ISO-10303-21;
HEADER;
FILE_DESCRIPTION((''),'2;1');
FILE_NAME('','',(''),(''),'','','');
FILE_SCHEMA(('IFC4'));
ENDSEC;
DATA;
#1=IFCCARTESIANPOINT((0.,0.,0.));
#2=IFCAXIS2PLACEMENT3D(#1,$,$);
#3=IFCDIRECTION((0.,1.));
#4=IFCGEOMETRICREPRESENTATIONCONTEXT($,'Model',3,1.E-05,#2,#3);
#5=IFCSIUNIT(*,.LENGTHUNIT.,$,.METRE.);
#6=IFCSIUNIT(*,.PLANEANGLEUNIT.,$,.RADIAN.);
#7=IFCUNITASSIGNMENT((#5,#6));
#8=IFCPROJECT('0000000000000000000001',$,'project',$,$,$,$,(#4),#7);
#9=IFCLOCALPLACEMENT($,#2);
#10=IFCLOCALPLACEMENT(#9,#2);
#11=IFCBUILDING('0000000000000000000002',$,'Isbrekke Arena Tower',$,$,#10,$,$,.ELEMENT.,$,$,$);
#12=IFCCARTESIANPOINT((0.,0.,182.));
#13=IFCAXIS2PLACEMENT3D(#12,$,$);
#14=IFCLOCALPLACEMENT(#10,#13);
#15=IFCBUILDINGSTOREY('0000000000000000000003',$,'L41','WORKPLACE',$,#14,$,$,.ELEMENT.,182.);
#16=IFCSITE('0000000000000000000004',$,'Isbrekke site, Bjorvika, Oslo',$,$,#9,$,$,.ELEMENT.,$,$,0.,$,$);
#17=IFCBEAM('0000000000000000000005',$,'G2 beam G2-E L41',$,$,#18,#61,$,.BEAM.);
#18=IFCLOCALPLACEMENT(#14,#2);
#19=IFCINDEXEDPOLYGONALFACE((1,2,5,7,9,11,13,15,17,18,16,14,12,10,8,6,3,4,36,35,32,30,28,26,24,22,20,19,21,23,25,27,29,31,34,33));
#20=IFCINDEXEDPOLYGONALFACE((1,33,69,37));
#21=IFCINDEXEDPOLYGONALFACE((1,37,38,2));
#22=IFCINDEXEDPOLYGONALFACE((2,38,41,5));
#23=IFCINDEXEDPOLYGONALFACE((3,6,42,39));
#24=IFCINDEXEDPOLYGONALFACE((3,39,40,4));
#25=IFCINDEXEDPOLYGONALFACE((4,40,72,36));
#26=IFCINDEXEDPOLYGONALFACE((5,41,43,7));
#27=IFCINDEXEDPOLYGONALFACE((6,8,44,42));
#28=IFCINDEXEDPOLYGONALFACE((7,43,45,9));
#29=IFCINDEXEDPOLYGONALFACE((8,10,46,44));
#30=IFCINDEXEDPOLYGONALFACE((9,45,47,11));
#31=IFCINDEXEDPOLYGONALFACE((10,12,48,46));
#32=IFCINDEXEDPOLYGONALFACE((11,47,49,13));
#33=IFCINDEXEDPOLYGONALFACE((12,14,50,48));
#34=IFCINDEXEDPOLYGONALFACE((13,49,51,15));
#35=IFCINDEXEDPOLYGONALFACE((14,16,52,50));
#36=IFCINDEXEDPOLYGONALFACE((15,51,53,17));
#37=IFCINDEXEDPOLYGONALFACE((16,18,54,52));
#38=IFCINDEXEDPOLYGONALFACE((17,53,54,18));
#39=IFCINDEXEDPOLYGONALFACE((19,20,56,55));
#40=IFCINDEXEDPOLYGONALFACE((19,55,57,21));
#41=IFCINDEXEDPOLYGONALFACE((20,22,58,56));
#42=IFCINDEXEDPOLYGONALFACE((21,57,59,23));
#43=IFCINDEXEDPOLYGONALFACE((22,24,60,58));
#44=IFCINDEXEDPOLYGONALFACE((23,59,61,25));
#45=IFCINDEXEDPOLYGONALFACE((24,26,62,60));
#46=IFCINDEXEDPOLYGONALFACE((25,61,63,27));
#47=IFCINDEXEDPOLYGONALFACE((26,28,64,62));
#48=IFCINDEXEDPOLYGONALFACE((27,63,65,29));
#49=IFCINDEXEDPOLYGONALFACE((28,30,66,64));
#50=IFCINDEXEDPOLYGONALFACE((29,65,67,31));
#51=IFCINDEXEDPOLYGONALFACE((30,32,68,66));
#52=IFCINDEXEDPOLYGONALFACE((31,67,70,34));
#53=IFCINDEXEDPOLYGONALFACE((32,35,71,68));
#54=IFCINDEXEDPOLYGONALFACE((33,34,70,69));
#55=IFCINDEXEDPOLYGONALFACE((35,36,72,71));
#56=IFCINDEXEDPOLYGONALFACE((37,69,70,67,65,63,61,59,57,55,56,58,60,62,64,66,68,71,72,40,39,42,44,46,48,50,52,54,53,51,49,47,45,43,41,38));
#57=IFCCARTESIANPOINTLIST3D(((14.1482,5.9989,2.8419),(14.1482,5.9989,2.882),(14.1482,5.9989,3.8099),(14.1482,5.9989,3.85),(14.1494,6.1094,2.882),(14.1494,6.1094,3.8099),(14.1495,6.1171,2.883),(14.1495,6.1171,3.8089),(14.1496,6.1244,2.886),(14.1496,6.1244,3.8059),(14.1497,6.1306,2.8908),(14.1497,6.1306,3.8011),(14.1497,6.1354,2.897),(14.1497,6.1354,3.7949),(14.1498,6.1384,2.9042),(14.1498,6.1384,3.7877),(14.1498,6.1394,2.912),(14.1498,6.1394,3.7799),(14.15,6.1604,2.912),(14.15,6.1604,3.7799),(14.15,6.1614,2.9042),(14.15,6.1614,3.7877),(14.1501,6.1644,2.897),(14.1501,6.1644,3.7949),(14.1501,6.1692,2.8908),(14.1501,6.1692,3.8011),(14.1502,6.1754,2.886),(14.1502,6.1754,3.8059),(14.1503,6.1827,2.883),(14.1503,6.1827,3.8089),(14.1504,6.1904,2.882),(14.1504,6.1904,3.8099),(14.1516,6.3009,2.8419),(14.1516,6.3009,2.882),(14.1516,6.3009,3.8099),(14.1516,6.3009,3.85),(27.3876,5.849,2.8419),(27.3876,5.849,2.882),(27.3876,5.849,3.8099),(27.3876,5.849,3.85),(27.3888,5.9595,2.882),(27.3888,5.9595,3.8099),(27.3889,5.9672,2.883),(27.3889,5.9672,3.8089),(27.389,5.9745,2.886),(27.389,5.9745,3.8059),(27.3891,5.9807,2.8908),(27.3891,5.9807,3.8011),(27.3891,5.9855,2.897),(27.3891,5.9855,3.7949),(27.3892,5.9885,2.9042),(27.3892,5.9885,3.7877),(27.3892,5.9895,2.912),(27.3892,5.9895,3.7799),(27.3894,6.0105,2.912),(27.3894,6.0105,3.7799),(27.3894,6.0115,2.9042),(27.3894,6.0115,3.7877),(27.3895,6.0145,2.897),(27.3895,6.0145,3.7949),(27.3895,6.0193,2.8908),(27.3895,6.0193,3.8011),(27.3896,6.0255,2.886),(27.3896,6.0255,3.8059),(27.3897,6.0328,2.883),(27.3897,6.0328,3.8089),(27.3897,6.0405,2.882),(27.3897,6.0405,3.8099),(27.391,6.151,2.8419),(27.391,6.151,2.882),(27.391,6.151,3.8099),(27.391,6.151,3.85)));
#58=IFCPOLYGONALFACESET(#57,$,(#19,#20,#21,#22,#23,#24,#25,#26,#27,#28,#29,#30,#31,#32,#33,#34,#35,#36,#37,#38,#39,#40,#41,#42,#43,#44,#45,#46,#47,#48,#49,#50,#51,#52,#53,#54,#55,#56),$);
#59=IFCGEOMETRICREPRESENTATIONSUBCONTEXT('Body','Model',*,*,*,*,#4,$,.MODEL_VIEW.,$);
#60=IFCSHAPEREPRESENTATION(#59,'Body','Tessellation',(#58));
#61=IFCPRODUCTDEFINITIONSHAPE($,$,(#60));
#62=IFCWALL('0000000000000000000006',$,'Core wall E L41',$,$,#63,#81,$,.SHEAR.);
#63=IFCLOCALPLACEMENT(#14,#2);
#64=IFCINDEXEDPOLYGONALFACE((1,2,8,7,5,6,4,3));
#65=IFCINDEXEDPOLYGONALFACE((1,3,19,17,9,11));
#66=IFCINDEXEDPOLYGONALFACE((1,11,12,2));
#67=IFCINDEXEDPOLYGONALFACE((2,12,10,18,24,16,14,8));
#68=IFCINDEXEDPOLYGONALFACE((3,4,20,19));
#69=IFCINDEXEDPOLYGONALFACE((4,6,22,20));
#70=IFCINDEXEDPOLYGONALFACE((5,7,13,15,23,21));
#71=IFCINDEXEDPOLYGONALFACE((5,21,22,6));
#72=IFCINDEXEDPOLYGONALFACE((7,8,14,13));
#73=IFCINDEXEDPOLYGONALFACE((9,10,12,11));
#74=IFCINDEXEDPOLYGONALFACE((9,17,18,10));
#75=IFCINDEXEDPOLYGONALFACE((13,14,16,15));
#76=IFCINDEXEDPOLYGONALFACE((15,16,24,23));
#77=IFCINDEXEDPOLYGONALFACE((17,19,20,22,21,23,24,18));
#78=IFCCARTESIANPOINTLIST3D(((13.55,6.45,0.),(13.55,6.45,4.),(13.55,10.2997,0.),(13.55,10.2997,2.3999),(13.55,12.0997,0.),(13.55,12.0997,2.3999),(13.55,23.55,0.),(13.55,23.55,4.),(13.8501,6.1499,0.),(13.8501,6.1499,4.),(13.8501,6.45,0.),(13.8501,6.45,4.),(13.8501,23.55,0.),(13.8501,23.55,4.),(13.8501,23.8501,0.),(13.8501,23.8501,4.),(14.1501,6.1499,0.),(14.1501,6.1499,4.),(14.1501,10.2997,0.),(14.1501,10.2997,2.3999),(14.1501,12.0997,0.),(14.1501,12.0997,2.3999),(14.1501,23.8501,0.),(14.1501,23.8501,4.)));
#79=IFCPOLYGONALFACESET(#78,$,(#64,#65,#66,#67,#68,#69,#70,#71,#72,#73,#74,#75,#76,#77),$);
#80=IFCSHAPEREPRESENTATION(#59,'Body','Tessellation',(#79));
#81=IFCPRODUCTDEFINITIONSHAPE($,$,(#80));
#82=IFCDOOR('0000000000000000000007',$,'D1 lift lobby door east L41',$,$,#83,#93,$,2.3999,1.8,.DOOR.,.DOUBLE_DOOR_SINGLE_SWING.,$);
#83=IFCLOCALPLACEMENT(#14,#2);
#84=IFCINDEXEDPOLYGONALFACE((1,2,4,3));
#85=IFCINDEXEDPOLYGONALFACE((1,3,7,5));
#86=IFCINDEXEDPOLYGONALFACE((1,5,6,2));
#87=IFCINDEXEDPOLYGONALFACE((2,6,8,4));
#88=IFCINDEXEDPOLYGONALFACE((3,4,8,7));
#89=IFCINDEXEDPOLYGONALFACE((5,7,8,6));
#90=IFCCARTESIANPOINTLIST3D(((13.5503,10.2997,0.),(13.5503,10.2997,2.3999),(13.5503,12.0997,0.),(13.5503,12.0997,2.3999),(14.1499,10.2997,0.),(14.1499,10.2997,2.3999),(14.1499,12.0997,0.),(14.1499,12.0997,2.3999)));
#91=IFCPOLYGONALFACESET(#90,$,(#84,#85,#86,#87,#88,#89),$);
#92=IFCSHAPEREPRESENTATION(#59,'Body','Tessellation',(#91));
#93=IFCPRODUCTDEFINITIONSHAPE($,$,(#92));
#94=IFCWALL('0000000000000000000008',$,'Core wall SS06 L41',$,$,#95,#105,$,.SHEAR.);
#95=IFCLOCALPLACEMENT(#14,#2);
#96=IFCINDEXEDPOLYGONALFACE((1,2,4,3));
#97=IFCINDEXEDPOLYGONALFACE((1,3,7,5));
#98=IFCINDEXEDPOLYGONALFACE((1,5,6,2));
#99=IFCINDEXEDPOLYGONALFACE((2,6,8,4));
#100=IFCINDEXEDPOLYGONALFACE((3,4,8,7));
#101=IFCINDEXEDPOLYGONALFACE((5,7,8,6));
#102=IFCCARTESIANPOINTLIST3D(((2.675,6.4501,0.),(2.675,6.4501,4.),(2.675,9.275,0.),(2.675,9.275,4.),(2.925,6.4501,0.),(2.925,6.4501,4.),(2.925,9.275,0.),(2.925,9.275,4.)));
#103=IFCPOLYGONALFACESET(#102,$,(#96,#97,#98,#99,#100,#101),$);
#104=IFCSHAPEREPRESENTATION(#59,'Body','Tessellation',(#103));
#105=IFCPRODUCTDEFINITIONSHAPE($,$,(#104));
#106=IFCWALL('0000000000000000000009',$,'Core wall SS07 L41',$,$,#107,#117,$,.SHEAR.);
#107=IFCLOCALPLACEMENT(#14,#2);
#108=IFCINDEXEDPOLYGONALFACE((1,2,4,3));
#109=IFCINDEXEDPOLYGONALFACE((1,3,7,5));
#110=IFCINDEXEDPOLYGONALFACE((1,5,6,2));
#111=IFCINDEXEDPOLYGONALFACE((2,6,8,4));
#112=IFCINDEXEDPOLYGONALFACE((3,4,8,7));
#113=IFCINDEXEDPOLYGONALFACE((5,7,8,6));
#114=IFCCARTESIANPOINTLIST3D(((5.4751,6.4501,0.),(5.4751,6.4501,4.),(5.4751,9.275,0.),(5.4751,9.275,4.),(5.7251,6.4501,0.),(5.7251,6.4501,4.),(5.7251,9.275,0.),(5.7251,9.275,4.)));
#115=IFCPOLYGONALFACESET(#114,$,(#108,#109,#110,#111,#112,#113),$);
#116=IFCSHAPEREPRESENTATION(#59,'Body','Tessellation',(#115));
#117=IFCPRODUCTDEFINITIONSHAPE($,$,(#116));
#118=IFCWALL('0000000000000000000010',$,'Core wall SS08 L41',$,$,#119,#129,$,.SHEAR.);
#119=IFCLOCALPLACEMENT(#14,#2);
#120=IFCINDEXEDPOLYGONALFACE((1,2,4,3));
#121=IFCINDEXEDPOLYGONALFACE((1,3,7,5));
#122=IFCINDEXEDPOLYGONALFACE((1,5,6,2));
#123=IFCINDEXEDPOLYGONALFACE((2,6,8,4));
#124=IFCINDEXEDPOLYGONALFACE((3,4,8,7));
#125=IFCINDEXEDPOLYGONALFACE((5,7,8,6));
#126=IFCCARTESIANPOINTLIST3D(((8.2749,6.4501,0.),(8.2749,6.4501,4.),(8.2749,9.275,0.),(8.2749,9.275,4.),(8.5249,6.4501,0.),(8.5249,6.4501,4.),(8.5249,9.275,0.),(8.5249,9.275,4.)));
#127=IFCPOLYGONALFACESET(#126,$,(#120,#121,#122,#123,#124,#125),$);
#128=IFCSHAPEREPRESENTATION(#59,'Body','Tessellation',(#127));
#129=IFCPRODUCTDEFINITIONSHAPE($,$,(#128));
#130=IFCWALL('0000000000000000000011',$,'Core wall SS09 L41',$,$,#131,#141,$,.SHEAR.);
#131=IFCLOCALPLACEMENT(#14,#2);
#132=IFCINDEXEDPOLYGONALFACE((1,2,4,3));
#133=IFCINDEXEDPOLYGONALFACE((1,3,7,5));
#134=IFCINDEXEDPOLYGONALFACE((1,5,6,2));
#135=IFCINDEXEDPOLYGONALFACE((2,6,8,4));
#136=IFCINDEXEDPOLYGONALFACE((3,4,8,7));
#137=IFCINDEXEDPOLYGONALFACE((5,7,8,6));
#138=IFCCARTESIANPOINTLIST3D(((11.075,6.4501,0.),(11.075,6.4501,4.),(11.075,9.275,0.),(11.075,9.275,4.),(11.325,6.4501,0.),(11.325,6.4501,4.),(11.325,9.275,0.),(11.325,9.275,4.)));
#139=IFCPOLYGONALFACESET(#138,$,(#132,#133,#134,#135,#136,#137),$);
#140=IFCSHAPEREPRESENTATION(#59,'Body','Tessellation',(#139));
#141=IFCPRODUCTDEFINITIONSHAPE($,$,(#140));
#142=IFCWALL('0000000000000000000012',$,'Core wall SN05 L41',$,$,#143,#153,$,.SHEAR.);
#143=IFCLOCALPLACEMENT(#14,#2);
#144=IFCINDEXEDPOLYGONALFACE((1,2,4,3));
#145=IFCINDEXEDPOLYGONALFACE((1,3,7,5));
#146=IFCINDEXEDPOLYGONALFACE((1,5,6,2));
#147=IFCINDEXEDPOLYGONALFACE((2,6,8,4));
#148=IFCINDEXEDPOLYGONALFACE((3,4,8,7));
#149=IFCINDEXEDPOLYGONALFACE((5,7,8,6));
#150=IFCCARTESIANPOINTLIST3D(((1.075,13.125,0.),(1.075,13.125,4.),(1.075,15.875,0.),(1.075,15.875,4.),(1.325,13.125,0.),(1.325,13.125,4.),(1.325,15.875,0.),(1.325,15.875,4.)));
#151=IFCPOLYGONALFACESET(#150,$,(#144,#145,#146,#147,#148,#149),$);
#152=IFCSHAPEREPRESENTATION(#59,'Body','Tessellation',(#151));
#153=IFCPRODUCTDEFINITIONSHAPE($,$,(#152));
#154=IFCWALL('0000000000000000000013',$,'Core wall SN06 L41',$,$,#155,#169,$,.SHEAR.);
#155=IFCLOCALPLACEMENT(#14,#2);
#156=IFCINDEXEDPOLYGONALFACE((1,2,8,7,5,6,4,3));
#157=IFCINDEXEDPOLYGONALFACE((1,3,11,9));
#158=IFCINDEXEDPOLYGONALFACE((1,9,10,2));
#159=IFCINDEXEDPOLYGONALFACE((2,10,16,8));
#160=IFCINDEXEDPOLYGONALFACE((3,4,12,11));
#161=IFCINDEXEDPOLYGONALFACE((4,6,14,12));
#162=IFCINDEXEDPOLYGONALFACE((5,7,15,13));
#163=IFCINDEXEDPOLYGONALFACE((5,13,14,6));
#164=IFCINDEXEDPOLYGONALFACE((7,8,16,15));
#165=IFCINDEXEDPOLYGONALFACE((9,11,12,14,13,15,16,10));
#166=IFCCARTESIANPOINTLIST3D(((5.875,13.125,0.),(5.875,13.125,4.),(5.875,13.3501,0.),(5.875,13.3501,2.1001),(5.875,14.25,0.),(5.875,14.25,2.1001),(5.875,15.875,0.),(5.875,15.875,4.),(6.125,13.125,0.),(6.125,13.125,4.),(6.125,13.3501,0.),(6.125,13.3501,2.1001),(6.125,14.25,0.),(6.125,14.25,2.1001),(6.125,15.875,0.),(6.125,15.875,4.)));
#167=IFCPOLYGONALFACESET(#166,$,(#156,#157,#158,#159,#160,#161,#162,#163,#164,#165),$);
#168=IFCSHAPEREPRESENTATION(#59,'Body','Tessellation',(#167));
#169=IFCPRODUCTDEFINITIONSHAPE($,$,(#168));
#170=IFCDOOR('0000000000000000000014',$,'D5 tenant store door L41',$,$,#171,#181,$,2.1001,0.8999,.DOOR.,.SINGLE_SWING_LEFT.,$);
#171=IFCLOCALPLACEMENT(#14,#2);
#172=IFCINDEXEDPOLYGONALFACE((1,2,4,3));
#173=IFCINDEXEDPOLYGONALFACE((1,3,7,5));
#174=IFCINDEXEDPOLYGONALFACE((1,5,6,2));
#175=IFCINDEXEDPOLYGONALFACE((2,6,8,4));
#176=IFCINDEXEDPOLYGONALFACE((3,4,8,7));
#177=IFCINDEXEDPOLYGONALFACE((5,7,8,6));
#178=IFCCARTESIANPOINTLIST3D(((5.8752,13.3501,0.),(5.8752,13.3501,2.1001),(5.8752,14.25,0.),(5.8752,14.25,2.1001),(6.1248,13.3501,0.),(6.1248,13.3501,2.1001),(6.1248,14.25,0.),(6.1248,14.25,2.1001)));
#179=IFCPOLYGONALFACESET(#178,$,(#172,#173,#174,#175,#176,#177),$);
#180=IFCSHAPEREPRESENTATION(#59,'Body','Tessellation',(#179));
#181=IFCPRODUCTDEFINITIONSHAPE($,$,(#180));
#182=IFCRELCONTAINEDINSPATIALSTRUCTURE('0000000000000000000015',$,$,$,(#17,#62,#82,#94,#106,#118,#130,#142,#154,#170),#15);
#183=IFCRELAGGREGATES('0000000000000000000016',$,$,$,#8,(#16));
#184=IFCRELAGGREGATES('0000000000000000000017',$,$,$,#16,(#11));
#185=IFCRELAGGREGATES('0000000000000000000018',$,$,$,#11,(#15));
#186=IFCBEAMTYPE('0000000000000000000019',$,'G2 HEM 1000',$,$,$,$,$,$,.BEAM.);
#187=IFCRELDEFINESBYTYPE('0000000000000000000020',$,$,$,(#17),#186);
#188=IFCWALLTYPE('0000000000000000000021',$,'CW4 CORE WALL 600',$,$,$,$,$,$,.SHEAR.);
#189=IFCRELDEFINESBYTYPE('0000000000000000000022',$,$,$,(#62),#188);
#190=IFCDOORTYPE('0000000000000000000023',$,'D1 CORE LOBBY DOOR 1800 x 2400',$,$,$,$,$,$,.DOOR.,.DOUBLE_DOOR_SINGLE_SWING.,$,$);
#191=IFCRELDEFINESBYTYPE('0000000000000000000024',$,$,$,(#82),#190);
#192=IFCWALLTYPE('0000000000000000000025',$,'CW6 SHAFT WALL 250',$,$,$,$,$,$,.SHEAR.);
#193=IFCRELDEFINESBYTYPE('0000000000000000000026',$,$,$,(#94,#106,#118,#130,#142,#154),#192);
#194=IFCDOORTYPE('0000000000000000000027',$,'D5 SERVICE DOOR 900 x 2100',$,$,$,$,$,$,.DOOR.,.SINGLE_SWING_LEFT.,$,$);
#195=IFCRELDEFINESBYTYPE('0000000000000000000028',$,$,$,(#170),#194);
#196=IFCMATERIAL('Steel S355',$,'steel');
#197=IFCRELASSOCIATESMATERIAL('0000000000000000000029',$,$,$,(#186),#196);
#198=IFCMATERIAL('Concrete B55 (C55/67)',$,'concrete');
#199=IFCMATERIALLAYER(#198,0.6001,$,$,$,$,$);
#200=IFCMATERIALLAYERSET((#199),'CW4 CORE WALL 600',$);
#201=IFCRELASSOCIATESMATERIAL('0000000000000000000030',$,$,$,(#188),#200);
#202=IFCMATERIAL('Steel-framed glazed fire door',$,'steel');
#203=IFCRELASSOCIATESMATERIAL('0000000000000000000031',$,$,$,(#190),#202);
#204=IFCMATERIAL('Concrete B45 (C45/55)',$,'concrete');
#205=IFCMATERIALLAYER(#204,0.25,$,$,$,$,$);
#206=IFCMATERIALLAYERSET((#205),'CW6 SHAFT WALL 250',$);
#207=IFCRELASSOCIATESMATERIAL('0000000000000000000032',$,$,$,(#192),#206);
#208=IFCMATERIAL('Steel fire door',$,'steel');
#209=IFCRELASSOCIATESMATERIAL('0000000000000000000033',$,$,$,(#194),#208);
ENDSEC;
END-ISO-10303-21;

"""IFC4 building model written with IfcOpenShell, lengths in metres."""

from ifc_helpers import new_model, si_unit, direction, frame, frame_2d, origin, origin_2d, place, context, subcontext, project, spatial, polyline, rectangle, i_section, outline, extrude, material, layer, layer_set, material_profile, profile_set, type_object, element, fill, save


model = new_model("IFC4")

# Units and contexts
model_context = context("Model", 3, precision=1e-05, world=origin(), true_north=direction((0.0, 1.0)))
body_context = subcontext(model_context, "Body", "Model", "MODEL_VIEW")
ifc_project = project(units=[si_unit("LENGTHUNIT", "METRE"), si_unit("PLANEANGLEUNIT", "RADIAN")], contexts=[model_context])

# Site, building, storey
site_placement = place(None, origin())
site = spatial("IfcSite", under=ifc_project, at=site_placement, Name="Isbrekke site, Bjorvika, Oslo", CompositionType="ELEMENT", RefElevation=0.0)
building_placement = place(site_placement, origin())
building = spatial("IfcBuilding", under=site, at=building_placement, Name="Isbrekke Arena Tower", CompositionType="ELEMENT")
storey_placement = place(building_placement, frame((0.0, 0.0, 182.0)))
storey = spatial("IfcBuildingStorey", under=building, at=storey_placement, Name="L41", Description="WORKPLACE", CompositionType="ELEMENT", Elevation=182.0)

# Beam
ifc_material_1 = material(Name="Steel S355", Category="steel")
ifc_material_profile = material_profile(ifc_material_1, i_section(OverallWidth=0.302, OverallDepth=1.0081, WebThickness=0.021, FlangeThickness=0.04, FilletRadius=0.03, at=origin_2d()), Name="HEM 1000")
ifc_profile_set = profile_set([ifc_material_profile], Name="Steel S355")
beam_type = type_object("IfcBeamType", Name="G2 HEM 1000", PredefinedType="BEAM", material=ifc_profile_set)
beam_placement = place(storey_placement, frame((14.1499, 6.1499, 3.3459), z_axis=(0.999936, -0.011322, 0.0), x_axis=(0.011322, 0.999936, 0.0)))
element("IfcBeam", 1, at=beam_placement, inside=storey, type_object=beam_type, Name="G2 beam G2-E L41", PredefinedType="BEAM", context=body_context, shape_type="SweptSolid", body=[
    extrude(i_section(OverallWidth=0.302, OverallDepth=1.0081, WebThickness=0.021, FlangeThickness=0.04, FilletRadius=0.03, at=origin_2d()), origin(), (0.0, 0.0, 1.0), 13.2402),
])

# Wall, opening, door
ifc_material_2 = material(Name="Concrete B55 (C55/67)", Category="concrete")
ifc_layer_1 = layer(ifc_material_2, 0.6001)
ifc_layer_set_1 = layer_set([ifc_layer_1], Name="CW4 CORE WALL 600")
wall_type_1 = type_object("IfcWallType", Name="CW4 CORE WALL 600", PredefinedType="SHEAR", material=ifc_layer_set_1)
wall_1_placement = place(storey_placement, frame((13.8501, 6.1499, 0.0), z_axis=(0.0, 0.0, 1.0), x_axis=(0.0, 1.0, 0.0)))
wall_1 = element("IfcWall", 2, at=wall_1_placement, inside=storey, type_object=wall_type_1, Name="Core wall E L41", PredefinedType="SHEAR", context=body_context, shape_type="SweptSolid", body=[
    extrude(outline(polyline([(0.0, -0.3), (17.7002, -0.3), (17.7002, 0.0), (17.4001, 0.0), (17.4001, 0.3), (0.3, 0.3), (0.3, 0.0), (0.0, 0.0), (0.0, -0.3)])), origin(), (0.0, 0.0, 1.0), 4.0),
])
opening_1_placement = place(wall_1_placement, frame((4.1499, 0.0, 0.0)))
opening_1 = element("IfcOpeningElement", 3, at=opening_1_placement, cuts=wall_1, PredefinedType="OPENING", context=body_context, shape_type="SweptSolid", body=[
    extrude(rectangle(XDim=1.8, YDim=2.3999, at=frame_2d((0.8999, 1.2))), frame((0.0, 0.3149, 0.0), z_axis=(0.0, -1.0, 0.0), x_axis=(1.0, 0.0, 0.0)), (0.0, 0.0, 1.0), 0.6299),
])
ifc_material_3 = material(Name="Steel-framed glazed fire door", Category="steel")
door_type_1 = type_object("IfcDoorType", Name="D1 CORE LOBBY DOOR 1800 x 2400", OperationType="DOUBLE_DOOR_SINGLE_SWING", PredefinedType="DOOR", material=ifc_material_3)
door_1_placement = place(opening_1_placement, origin())
door_1 = element("IfcDoor", 4, at=door_1_placement, inside=storey, type_object=door_type_1, Name="D1 lift lobby door east L41", OperationType="DOUBLE_DOOR_SINGLE_SWING", OverallHeight=2.3999, OverallWidth=1.8, PredefinedType="DOOR", context=body_context, shape_type="SweptSolid", body=[
    extrude(rectangle(XDim=1.8, YDim=2.3999, at=frame_2d((0.8999, 1.2))), frame((0.0, 0.2998, 0.0), z_axis=(0.0, -1.0, 0.0), x_axis=(1.0, 0.0, 0.0)), (0.0, 0.0, 1.0), 0.5996),
])
fill(opening_1, door_1)

# Walls
ifc_material_4 = material(Name="Concrete B45 (C45/55)", Category="concrete")
ifc_layer_2 = layer(ifc_material_4, 0.25)
ifc_layer_set_2 = layer_set([ifc_layer_2], Name="CW6 SHAFT WALL 250")
wall_type_2 = type_object("IfcWallType", Name="CW6 SHAFT WALL 250", PredefinedType="SHEAR", material=ifc_layer_set_2)
for number, where, z_axis, x_axis, name in (
    (5, (2.8, 6.45, 0.0), (0.0, 0.0, 1.0), (0.0, 1.0, 0.0), "Core wall SS06 L41"),
    (6, (5.6001, 6.45, 0.0), (0.0, 0.0, 1.0), (0.0, 1.0, 0.0), "Core wall SS07 L41"),
    (7, (8.3999, 6.45, 0.0), (0.0, 0.0, 1.0), (0.0, 1.0, 0.0), "Core wall SS08 L41"),
    (8, (11.2, 6.45, 0.0), (0.0, 0.0, 1.0), (0.0, 1.0, 0.0), "Core wall SS09 L41"),
):
    element("IfcWall", number, at=place(storey_placement, frame(where, z_axis=z_axis, x_axis=x_axis)), inside=storey, type_object=wall_type_2, Name=name, PredefinedType="SHEAR", context=body_context, shape_type="SweptSolid", body=[
        extrude(rectangle(XDim=2.825, YDim=0.25, at=frame_2d((1.4126, 0.0))), origin(), (0.0, 0.0, 1.0), 4.0),
    ])
wall_2_placement = place(storey_placement, frame((1.2, 13.125, 0.0), z_axis=(0.0, 0.0, 1.0), x_axis=(0.0, 1.0, 0.0)))
element("IfcWall", 9, at=wall_2_placement, inside=storey, type_object=wall_type_2, Name="Core wall SN05 L41", PredefinedType="SHEAR", context=body_context, shape_type="SweptSolid", body=[
    extrude(rectangle(XDim=2.75, YDim=0.25, at=frame_2d((1.375, 0.0))), origin(), (0.0, 0.0, 1.0), 4.0),
])

# Wall, opening, door
wall_3_placement = place(storey_placement, frame((6.0, 13.125, 0.0), z_axis=(0.0, 0.0, 1.0), x_axis=(0.0, 1.0, 0.0)))
wall_3 = element("IfcWall", 10, at=wall_3_placement, inside=storey, type_object=wall_type_2, Name="Core wall SN06 L41", PredefinedType="SHEAR", context=body_context, shape_type="SweptSolid", body=[
    extrude(rectangle(XDim=2.75, YDim=0.25, at=frame_2d((1.375, 0.0))), origin(), (0.0, 0.0, 1.0), 4.0),
])
opening_2_placement = place(wall_3_placement, frame((0.2251, 0.0, 0.0)))
opening_2 = element("IfcOpeningElement", 11, at=opening_2_placement, cuts=wall_3, PredefinedType="OPENING", context=body_context, shape_type="SweptSolid", body=[
    extrude(rectangle(XDim=0.8999, YDim=2.1001, at=frame_2d((0.45, 1.05))), frame((0.0, 0.1399, 0.0), z_axis=(0.0, -1.0, 0.0), x_axis=(1.0, 0.0, 0.0)), (0.0, 0.0, 1.0), 0.2798),
])
ifc_material_5 = material(Name="Steel fire door", Category="steel")
door_type_2 = type_object("IfcDoorType", Name="D5 SERVICE DOOR 900 x 2100", OperationType="SINGLE_SWING_LEFT", PredefinedType="DOOR", material=ifc_material_5)
door_2_placement = place(opening_2_placement, frame((0.8999, 0.0, 0.0), z_axis=(0.0, 0.0, 1.0), x_axis=(-1.0, 0.0, 0.0)))
door_2 = element("IfcDoor", 12, at=door_2_placement, inside=storey, type_object=door_type_2, Name="D5 tenant store door L41", OperationType="SINGLE_SWING_LEFT", OverallHeight=2.1001, OverallWidth=0.8999, PredefinedType="DOOR", context=body_context, shape_type="SweptSolid", body=[
    extrude(rectangle(XDim=0.8999, YDim=2.1001, at=frame_2d((0.45, 1.05))), frame((0.0, 0.1248, 0.0), z_axis=(0.0, -1.0, 0.0), x_axis=(1.0, 0.0, 0.0)), (0.0, 0.0, 1.0), 0.2495),
])
fill(opening_2, door_2)

save(model, "model.ifc")
